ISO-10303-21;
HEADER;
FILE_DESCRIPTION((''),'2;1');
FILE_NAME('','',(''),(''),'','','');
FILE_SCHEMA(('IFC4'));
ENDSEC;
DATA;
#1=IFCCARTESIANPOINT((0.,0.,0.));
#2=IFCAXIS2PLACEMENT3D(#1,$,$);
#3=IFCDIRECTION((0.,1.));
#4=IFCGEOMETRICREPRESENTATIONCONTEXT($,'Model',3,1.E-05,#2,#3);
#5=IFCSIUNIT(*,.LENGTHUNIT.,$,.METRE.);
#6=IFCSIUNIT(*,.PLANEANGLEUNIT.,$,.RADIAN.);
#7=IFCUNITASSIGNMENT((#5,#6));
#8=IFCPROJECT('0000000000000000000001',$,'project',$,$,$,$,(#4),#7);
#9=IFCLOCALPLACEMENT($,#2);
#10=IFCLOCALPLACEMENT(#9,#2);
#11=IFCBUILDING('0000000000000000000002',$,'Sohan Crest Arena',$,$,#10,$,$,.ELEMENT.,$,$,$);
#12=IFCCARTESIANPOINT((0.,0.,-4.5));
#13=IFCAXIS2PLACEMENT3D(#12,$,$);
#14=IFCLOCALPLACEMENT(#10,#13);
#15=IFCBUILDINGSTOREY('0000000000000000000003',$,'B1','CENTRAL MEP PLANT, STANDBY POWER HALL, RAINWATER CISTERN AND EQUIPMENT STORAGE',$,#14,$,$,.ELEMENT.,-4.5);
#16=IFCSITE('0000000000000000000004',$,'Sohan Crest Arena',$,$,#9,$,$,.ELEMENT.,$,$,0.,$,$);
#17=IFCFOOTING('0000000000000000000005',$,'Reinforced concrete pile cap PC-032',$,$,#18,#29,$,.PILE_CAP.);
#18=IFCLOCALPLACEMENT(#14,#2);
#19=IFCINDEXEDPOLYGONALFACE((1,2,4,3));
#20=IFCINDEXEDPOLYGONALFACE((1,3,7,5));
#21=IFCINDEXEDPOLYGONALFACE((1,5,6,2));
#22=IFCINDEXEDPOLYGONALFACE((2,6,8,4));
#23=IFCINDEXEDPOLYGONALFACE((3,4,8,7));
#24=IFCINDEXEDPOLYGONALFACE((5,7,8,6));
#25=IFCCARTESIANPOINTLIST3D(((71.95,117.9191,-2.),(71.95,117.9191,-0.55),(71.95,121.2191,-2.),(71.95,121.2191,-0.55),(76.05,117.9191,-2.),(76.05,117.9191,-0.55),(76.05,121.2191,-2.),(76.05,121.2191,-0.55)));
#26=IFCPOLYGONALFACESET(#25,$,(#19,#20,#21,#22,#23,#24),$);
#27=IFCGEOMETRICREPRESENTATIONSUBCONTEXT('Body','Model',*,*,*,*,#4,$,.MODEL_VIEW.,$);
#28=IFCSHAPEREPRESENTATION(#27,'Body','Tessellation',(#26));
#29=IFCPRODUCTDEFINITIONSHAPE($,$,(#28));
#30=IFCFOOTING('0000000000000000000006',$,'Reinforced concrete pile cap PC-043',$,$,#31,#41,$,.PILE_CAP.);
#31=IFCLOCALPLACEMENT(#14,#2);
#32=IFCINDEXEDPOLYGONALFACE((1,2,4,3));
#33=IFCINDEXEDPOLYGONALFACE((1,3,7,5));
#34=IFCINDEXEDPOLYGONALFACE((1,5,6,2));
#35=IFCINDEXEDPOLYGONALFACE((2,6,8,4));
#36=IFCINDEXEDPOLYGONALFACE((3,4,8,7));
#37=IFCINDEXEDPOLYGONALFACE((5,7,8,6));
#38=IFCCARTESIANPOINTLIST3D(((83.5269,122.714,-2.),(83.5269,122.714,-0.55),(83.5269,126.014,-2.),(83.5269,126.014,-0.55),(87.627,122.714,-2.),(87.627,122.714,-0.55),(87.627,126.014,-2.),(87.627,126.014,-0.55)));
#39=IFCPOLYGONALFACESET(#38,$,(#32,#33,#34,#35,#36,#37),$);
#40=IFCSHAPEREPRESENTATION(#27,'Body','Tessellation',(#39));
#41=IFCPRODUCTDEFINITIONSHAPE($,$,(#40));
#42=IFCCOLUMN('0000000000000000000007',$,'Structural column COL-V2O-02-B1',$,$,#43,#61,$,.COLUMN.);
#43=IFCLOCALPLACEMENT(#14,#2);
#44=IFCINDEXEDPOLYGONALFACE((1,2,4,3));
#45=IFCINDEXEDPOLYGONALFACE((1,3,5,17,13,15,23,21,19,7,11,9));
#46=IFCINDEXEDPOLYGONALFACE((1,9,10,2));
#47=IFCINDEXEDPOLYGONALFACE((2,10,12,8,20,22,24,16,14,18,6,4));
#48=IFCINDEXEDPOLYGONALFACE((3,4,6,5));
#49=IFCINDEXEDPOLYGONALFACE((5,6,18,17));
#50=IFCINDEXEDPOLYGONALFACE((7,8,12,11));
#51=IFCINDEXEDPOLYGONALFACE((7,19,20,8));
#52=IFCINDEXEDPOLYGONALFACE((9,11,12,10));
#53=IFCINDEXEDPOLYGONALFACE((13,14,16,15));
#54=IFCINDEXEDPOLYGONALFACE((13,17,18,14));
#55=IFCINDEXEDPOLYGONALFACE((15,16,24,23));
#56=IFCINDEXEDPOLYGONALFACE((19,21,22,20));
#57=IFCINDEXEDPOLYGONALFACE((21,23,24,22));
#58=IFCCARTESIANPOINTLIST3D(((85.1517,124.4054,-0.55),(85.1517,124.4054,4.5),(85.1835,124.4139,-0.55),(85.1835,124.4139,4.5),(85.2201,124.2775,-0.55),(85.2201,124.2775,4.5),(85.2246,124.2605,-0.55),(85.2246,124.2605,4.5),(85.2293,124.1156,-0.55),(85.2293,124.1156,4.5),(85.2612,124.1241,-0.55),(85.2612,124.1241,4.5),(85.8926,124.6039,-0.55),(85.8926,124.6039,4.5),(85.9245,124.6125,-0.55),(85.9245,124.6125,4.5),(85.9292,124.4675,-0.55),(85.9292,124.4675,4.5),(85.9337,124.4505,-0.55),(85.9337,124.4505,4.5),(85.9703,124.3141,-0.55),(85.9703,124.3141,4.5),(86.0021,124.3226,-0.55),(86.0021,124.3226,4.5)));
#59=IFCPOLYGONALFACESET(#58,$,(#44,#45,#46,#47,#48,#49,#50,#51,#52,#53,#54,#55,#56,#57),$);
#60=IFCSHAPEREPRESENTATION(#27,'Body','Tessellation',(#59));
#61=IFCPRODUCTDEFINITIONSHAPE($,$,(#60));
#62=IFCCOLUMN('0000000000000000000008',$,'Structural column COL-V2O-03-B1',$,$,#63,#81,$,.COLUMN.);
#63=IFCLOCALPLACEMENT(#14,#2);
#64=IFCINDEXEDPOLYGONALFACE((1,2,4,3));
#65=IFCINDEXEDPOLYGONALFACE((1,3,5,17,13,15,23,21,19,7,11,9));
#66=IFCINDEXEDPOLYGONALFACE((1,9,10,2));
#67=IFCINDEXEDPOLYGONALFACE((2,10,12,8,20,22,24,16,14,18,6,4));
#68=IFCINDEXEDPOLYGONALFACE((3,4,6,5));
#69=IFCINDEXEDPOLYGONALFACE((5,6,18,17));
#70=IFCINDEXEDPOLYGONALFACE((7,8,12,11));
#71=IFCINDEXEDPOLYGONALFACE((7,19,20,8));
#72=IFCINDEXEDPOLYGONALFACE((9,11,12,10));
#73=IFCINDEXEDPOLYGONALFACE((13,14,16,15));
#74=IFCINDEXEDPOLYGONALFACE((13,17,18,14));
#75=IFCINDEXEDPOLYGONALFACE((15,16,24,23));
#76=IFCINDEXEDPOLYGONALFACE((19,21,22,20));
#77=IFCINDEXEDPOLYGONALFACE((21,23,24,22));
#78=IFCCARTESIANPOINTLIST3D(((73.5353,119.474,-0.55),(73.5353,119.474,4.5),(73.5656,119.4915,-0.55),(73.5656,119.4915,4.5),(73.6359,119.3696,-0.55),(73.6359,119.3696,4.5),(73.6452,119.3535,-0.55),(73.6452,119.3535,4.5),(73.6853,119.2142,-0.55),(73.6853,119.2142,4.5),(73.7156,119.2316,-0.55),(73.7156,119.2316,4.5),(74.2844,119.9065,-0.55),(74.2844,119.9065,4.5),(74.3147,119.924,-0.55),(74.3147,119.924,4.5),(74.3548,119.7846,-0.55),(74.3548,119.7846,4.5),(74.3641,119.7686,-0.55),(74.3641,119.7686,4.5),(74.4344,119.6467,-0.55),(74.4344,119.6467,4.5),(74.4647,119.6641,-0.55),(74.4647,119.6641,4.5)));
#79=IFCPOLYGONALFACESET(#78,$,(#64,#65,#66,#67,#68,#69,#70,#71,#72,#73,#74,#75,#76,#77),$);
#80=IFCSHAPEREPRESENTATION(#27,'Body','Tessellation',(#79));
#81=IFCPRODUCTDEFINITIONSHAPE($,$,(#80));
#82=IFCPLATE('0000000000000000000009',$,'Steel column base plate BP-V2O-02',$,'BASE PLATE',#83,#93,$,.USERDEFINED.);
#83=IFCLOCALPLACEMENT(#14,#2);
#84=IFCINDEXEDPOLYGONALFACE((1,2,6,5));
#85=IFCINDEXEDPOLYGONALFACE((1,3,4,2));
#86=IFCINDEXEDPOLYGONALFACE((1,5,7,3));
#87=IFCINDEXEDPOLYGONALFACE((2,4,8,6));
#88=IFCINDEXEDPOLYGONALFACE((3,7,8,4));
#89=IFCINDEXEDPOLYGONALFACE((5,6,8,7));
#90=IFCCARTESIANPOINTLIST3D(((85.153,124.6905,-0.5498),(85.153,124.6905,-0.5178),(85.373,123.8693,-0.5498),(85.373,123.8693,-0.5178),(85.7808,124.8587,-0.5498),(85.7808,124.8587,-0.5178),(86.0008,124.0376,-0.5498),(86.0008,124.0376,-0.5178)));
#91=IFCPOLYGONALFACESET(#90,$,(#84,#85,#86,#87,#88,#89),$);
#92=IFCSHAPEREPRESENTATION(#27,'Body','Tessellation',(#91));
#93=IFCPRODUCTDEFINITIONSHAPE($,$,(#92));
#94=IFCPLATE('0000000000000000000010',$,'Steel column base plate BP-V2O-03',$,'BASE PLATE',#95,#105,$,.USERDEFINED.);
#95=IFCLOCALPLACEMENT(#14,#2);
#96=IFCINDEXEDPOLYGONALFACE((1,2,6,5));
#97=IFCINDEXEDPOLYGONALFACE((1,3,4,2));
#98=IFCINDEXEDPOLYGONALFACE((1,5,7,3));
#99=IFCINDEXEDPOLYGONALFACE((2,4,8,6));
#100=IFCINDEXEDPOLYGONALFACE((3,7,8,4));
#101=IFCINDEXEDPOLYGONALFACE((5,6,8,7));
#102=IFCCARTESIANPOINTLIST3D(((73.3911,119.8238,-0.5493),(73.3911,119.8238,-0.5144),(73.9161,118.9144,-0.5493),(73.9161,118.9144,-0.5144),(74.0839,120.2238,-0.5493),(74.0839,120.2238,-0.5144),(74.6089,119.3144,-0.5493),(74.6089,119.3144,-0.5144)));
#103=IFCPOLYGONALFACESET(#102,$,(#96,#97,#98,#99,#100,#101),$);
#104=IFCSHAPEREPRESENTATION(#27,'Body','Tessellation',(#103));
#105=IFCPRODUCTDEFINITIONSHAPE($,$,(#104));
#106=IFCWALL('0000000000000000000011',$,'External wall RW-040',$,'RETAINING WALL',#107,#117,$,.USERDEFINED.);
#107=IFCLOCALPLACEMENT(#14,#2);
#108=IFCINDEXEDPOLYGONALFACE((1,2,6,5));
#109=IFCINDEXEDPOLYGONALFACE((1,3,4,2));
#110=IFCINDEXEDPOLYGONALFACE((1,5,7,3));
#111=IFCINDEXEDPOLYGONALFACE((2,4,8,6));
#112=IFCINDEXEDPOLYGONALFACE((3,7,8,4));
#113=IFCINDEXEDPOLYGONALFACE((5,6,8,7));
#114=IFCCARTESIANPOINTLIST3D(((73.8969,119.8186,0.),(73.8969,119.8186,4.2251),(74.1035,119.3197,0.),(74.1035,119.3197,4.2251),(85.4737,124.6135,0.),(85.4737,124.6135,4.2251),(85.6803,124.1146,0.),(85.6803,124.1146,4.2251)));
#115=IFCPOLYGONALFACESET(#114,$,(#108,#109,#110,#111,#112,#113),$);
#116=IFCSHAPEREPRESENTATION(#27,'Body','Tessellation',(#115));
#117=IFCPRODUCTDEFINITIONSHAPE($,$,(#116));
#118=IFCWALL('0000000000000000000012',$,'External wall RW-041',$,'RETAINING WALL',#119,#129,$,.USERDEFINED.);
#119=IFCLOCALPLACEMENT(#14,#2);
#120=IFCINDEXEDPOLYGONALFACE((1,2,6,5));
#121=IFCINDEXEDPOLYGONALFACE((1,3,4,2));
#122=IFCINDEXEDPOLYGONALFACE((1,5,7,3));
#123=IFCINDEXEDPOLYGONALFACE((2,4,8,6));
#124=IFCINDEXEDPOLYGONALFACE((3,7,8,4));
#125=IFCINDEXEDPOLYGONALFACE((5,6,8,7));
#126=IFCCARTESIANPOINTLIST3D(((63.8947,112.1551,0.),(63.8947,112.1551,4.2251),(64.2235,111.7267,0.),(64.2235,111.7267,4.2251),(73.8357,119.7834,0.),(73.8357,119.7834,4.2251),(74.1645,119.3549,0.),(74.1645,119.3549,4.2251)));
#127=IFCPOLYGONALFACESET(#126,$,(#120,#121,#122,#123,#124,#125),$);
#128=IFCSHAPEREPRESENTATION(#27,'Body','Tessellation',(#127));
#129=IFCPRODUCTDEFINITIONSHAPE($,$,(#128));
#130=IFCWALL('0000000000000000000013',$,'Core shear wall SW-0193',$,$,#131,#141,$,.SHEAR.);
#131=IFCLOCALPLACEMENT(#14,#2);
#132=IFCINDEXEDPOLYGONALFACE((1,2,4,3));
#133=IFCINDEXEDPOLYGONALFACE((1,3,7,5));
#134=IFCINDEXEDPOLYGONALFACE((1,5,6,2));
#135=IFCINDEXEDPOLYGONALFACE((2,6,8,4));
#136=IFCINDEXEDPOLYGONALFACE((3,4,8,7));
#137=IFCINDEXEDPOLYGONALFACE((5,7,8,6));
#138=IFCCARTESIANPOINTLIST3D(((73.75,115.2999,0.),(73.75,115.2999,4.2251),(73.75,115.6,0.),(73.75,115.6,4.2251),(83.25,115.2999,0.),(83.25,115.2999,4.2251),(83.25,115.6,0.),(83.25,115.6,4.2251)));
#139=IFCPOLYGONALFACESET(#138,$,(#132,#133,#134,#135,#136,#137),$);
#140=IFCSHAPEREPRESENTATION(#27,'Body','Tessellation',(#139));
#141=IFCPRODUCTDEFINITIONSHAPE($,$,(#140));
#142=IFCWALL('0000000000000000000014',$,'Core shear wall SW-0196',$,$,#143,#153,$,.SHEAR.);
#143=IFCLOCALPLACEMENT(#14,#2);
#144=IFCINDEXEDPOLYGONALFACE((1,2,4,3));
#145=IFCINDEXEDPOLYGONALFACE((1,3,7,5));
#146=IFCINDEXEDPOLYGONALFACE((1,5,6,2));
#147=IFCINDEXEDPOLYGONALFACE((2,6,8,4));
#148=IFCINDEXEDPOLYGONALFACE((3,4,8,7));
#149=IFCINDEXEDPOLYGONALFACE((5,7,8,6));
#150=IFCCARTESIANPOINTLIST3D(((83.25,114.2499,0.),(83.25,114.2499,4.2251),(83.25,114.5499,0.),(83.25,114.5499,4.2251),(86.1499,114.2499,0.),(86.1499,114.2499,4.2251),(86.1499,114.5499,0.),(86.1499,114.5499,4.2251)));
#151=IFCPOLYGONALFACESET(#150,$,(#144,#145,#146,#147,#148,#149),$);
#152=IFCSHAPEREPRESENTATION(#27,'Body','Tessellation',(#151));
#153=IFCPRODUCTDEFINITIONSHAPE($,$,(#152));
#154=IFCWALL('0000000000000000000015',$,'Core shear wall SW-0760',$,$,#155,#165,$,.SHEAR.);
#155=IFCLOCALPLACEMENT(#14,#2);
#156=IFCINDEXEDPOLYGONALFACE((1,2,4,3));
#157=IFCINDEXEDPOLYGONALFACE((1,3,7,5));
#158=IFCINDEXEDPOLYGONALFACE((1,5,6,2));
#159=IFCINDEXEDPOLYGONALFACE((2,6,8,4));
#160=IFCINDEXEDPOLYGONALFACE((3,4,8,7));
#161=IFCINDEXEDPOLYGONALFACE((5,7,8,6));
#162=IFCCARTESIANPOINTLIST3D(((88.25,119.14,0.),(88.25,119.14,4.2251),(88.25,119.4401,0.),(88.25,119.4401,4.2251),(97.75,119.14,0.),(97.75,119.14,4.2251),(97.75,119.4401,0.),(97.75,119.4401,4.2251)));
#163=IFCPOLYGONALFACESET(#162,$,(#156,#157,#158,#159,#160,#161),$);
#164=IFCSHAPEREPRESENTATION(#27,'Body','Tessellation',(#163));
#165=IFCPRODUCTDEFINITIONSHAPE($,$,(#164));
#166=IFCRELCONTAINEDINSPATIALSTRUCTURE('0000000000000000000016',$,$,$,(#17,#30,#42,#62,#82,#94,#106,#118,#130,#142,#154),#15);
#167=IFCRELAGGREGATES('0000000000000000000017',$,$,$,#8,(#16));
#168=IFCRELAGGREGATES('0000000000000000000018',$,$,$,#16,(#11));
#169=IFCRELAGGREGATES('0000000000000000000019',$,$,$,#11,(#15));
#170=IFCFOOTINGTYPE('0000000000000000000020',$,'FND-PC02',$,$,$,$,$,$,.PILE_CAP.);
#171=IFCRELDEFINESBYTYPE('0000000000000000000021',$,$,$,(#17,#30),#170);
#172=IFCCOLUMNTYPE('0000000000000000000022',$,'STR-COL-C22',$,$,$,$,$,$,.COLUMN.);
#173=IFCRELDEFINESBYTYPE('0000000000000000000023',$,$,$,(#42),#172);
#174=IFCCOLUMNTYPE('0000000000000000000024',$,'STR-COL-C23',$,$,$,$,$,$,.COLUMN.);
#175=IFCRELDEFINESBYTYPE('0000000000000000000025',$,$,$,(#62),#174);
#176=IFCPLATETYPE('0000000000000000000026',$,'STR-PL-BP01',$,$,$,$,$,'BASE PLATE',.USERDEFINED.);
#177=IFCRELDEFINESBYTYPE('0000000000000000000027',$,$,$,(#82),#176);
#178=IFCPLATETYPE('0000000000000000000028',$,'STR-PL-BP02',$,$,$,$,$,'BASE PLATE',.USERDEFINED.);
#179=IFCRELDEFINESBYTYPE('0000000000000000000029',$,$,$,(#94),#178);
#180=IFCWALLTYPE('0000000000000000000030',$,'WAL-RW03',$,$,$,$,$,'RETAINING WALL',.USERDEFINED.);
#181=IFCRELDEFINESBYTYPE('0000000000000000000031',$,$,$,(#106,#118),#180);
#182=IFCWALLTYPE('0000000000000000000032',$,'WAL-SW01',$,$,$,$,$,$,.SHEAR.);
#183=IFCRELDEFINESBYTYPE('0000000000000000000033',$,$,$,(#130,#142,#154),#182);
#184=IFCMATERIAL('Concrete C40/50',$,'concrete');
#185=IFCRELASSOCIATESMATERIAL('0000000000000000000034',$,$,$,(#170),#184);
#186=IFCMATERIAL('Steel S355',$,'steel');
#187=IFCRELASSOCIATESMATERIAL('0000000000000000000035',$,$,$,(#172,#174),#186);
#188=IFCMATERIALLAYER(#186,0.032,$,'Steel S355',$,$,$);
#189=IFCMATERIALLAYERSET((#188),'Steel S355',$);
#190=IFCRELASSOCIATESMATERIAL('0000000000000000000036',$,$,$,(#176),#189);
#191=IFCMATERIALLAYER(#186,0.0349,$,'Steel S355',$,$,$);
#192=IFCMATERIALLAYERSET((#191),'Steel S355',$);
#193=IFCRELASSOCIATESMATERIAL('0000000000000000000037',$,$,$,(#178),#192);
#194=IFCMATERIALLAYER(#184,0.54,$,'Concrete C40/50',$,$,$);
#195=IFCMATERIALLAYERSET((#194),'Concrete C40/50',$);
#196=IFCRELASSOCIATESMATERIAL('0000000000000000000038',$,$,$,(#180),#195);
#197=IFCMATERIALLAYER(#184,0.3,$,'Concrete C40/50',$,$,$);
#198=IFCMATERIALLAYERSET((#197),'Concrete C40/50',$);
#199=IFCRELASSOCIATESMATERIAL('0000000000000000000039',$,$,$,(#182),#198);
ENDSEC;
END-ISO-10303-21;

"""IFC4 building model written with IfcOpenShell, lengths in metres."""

from ifc_helpers import new_model, si_unit, direction, frame, frame_2d, origin, origin_2d, place, context, subcontext, project, spatial, rectangle, i_section, extrude, material, layer, layer_set, material_profile, profile_set, type_object, element, save


model = new_model("IFC4")

# Units and contexts
model_context = context("Model", 3, precision=1e-05, world=origin(), true_north=direction((0.0, 1.0)))
body_context = subcontext(model_context, "Body", "Model", "MODEL_VIEW")
ifc_project = project(units=[si_unit("LENGTHUNIT", "METRE"), si_unit("PLANEANGLEUNIT", "RADIAN")], contexts=[model_context])

# Site, building, storey
site_placement = place(None, origin())
site = spatial("IfcSite", under=ifc_project, at=site_placement, Name="Sohan Crest Arena", CompositionType="ELEMENT", RefElevation=0.0)
building_placement = place(site_placement, origin())
building = spatial("IfcBuilding", under=site, at=building_placement, Name="Sohan Crest Arena", CompositionType="ELEMENT")
storey_placement = place(building_placement, frame((0.0, 0.0, -4.5)))
storey = spatial("IfcBuildingStorey", under=building, at=storey_placement, Name="B1", Description="CENTRAL MEP PLANT, STANDBY POWER HALL, RAINWATER CISTERN AND EQUIPMENT STORAGE", CompositionType="ELEMENT", Elevation=-4.5)

# Shared definitions
ifc_material_1 = material(Name="Concrete C40/50", Category="concrete")

# Footings
footing_type_1 = type_object("IfcFootingType", Name="FND-PC02", PredefinedType="PILE_CAP", material=ifc_material_1)
for number, where, z_axis, x_axis, name in (
    (1, (74.0, 119.5691, -2.0), (0.0, 0.0, 1.0), (1.0, 0.0, 0.0), "Reinforced concrete pile cap PC-032"),
    (2, (85.5769, 124.364, -2.0), (0.0, 0.0, 1.0), (1.0, 0.0, 0.0), "Reinforced concrete pile cap PC-043"),
):
    element("IfcFooting", number, at=place(storey_placement, frame(where, z_axis=z_axis, x_axis=x_axis)), inside=storey, type_object=footing_type_1, Name=name, PredefinedType="PILE_CAP", context=body_context, shape_type="SweptSolid", body=[
        extrude(rectangle(XDim=4.1001, YDim=3.3, at=origin_2d()), origin(), (0.0, 0.0, 1.0), 1.45),
    ])

# Columns
ifc_material_2 = material(Name="Steel S355", Category="steel")
ifc_material_profile_1 = material_profile(ifc_material_2, i_section(OverallWidth=0.3, OverallDepth=0.8, WebThickness=0.0176, FlangeThickness=0.033, at=origin_2d()), Name="HEB 800")
ifc_profile_set_1 = profile_set([ifc_material_profile_1], Name="Steel S355")
column_type_1 = type_object("IfcColumnType", Name="STR-COL-C22", PredefinedType="COLUMN", material=ifc_profile_set_1)
column_1_placement = place(storey_placement, frame((85.5769, 124.364, -0.55), z_axis=(0.0, 0.0, 1.0), x_axis=(-0.258819, 0.965926, 0.0)))
element("IfcColumn", 3, at=column_1_placement, inside=storey, type_object=column_type_1, Name="Structural column COL-V2O-02-B1", PredefinedType="COLUMN", context=body_context, shape_type="SweptSolid", body=[
    extrude(i_section(OverallWidth=0.3, OverallDepth=0.8, WebThickness=0.0176, FlangeThickness=0.033, at=origin_2d()), origin(), (0.0, 0.0, 1.0), 5.05),
])
ifc_material_profile_2 = material_profile(ifc_material_2, i_section(OverallWidth=0.3, OverallDepth=0.8999, WebThickness=0.0186, FlangeThickness=0.0349, at=origin_2d()), Name="HEB 900")
ifc_profile_set_2 = profile_set([ifc_material_profile_2], Name="Steel S355")
column_type_2 = type_object("IfcColumnType", Name="STR-COL-C23", PredefinedType="COLUMN", material=ifc_profile_set_2)
column_2_placement = place(storey_placement, frame((74.0, 119.5691, -0.55), z_axis=(0.0, 0.0, 1.0), x_axis=(-0.5, 0.866025, 0.0)))
element("IfcColumn", 4, at=column_2_placement, inside=storey, type_object=column_type_2, Name="Structural column COL-V2O-03-B1", PredefinedType="COLUMN", context=body_context, shape_type="SweptSolid", body=[
    extrude(i_section(OverallWidth=0.3, OverallDepth=0.8999, WebThickness=0.0186, FlangeThickness=0.0349, at=origin_2d()), origin(), (0.0, 0.0, 1.0), 5.05),
])

# Plates
ifc_layer_1 = layer(ifc_material_2, 0.032, Name="Steel S355")
ifc_layer_set_1 = layer_set([ifc_layer_1], Name="Steel S355")
plate_type_1 = type_object("IfcPlateType", Name="STR-PL-BP01", ElementType="BASE PLATE", PredefinedType="USERDEFINED", material=ifc_layer_set_1)
plate_1_placement = place(storey_placement, frame((85.5769, 124.364, -0.5498), z_axis=(0.0, 0.0, 1.0), x_axis=(-0.258819, 0.965926, 0.0)))
element("IfcPlate", 5, at=plate_1_placement, inside=storey, type_object=plate_type_1, Name="Steel column base plate BP-V2O-02", ObjectType="BASE PLATE", PredefinedType="USERDEFINED", context=body_context, shape_type="SweptSolid", body=[
    extrude(rectangle(XDim=0.8501, YDim=0.6499, at=origin_2d()), origin(), (0.0, 0.0, 1.0), 0.032),
])
ifc_layer_2 = layer(ifc_material_2, 0.0349, Name="Steel S355")
ifc_layer_set_2 = layer_set([ifc_layer_2], Name="Steel S355")
plate_type_2 = type_object("IfcPlateType", Name="STR-PL-BP02", ElementType="BASE PLATE", PredefinedType="USERDEFINED", material=ifc_layer_set_2)
plate_2_placement = place(storey_placement, frame((74.0, 119.5691, -0.5493), z_axis=(0.0, 0.0, 1.0), x_axis=(-0.5, 0.866025, 0.0)))
element("IfcPlate", 6, at=plate_2_placement, inside=storey, type_object=plate_type_2, Name="Steel column base plate BP-V2O-03", ObjectType="BASE PLATE", PredefinedType="USERDEFINED", context=body_context, shape_type="SweptSolid", body=[
    extrude(rectangle(XDim=1.05, YDim=0.8, at=origin_2d()), origin(), (0.0, 0.0, 1.0), 0.0349),
])

# Walls
ifc_layer_3 = layer(ifc_material_1, 0.54, Name="Concrete C40/50")
ifc_layer_set_3 = layer_set([ifc_layer_3], Name="Concrete C40/50")
wall_type_1 = type_object("IfcWallType", Name="WAL-RW03", ElementType="RETAINING WALL", PredefinedType="USERDEFINED", material=ifc_layer_set_3)
for number, where, z_axis, x_axis, name in (
    (7, (85.5769, 124.364, 0.0), (0.0, 0.0, 1.0), (-0.923891, -0.382657, 0.0), "External wall RW-040"),
    (8, (74.0, 119.5691, 0.0), (0.0, 0.0, 1.0), (-0.793344, -0.608773, 0.0), "External wall RW-041"),
):
    element("IfcWall", number, at=place(storey_placement, frame(where, z_axis=z_axis, x_axis=x_axis)), inside=storey, type_object=wall_type_1, Name=name, ObjectType="RETAINING WALL", PredefinedType="USERDEFINED", context=body_context, shape_type="SweptSolid", body=[
        extrude(rectangle(XDim=12.5305, YDim=0.54, at=frame_2d((6.2651, 0.0))), origin(), (0.0, 0.0, 1.0), 4.2251),
    ])
ifc_layer_4 = layer(ifc_material_1, 0.3, Name="Concrete C40/50")
ifc_layer_set_4 = layer_set([ifc_layer_4], Name="Concrete C40/50")
wall_type_2 = type_object("IfcWallType", Name="WAL-SW01", PredefinedType="SHEAR", material=ifc_layer_set_4)
wall_1_placement = place(storey_placement, frame((73.75, 115.45, 0.0), z_axis=(0.0, 0.0, 1.0), x_axis=(1.0, 0.0, 0.0)))
element("IfcWall", 9, at=wall_1_placement, inside=storey, type_object=wall_type_2, Name="Core shear wall SW-0193", PredefinedType="SHEAR", context=body_context, shape_type="SweptSolid", body=[
    extrude(rectangle(XDim=9.5, YDim=0.3, at=frame_2d((4.75, 0.0))), origin(), (0.0, 0.0, 1.0), 4.2251),
])
wall_2_placement = place(storey_placement, frame((83.25, 114.3999, 0.0), z_axis=(0.0, 0.0, 1.0), x_axis=(1.0, 0.0, 0.0)))
element("IfcWall", 10, at=wall_2_placement, inside=storey, type_object=wall_type_2, Name="Core shear wall SW-0196", PredefinedType="SHEAR", context=body_context, shape_type="SweptSolid", body=[
    extrude(rectangle(XDim=2.8999, YDim=0.3, at=frame_2d((1.45, 0.0))), origin(), (0.0, 0.0, 1.0), 4.2251),
])
wall_3_placement = place(storey_placement, frame((88.25, 119.29, 0.0), z_axis=(0.0, 0.0, 1.0), x_axis=(1.0, 0.0, 0.0)))
element("IfcWall", 11, at=wall_3_placement, inside=storey, type_object=wall_type_2, Name="Core shear wall SW-0760", PredefinedType="SHEAR", context=body_context, shape_type="SweptSolid", body=[
    extrude(rectangle(XDim=9.5, YDim=0.3, at=frame_2d((4.75, 0.0))), origin(), (0.0, 0.0, 1.0), 4.2251),
])

save(model, "model.ifc")
